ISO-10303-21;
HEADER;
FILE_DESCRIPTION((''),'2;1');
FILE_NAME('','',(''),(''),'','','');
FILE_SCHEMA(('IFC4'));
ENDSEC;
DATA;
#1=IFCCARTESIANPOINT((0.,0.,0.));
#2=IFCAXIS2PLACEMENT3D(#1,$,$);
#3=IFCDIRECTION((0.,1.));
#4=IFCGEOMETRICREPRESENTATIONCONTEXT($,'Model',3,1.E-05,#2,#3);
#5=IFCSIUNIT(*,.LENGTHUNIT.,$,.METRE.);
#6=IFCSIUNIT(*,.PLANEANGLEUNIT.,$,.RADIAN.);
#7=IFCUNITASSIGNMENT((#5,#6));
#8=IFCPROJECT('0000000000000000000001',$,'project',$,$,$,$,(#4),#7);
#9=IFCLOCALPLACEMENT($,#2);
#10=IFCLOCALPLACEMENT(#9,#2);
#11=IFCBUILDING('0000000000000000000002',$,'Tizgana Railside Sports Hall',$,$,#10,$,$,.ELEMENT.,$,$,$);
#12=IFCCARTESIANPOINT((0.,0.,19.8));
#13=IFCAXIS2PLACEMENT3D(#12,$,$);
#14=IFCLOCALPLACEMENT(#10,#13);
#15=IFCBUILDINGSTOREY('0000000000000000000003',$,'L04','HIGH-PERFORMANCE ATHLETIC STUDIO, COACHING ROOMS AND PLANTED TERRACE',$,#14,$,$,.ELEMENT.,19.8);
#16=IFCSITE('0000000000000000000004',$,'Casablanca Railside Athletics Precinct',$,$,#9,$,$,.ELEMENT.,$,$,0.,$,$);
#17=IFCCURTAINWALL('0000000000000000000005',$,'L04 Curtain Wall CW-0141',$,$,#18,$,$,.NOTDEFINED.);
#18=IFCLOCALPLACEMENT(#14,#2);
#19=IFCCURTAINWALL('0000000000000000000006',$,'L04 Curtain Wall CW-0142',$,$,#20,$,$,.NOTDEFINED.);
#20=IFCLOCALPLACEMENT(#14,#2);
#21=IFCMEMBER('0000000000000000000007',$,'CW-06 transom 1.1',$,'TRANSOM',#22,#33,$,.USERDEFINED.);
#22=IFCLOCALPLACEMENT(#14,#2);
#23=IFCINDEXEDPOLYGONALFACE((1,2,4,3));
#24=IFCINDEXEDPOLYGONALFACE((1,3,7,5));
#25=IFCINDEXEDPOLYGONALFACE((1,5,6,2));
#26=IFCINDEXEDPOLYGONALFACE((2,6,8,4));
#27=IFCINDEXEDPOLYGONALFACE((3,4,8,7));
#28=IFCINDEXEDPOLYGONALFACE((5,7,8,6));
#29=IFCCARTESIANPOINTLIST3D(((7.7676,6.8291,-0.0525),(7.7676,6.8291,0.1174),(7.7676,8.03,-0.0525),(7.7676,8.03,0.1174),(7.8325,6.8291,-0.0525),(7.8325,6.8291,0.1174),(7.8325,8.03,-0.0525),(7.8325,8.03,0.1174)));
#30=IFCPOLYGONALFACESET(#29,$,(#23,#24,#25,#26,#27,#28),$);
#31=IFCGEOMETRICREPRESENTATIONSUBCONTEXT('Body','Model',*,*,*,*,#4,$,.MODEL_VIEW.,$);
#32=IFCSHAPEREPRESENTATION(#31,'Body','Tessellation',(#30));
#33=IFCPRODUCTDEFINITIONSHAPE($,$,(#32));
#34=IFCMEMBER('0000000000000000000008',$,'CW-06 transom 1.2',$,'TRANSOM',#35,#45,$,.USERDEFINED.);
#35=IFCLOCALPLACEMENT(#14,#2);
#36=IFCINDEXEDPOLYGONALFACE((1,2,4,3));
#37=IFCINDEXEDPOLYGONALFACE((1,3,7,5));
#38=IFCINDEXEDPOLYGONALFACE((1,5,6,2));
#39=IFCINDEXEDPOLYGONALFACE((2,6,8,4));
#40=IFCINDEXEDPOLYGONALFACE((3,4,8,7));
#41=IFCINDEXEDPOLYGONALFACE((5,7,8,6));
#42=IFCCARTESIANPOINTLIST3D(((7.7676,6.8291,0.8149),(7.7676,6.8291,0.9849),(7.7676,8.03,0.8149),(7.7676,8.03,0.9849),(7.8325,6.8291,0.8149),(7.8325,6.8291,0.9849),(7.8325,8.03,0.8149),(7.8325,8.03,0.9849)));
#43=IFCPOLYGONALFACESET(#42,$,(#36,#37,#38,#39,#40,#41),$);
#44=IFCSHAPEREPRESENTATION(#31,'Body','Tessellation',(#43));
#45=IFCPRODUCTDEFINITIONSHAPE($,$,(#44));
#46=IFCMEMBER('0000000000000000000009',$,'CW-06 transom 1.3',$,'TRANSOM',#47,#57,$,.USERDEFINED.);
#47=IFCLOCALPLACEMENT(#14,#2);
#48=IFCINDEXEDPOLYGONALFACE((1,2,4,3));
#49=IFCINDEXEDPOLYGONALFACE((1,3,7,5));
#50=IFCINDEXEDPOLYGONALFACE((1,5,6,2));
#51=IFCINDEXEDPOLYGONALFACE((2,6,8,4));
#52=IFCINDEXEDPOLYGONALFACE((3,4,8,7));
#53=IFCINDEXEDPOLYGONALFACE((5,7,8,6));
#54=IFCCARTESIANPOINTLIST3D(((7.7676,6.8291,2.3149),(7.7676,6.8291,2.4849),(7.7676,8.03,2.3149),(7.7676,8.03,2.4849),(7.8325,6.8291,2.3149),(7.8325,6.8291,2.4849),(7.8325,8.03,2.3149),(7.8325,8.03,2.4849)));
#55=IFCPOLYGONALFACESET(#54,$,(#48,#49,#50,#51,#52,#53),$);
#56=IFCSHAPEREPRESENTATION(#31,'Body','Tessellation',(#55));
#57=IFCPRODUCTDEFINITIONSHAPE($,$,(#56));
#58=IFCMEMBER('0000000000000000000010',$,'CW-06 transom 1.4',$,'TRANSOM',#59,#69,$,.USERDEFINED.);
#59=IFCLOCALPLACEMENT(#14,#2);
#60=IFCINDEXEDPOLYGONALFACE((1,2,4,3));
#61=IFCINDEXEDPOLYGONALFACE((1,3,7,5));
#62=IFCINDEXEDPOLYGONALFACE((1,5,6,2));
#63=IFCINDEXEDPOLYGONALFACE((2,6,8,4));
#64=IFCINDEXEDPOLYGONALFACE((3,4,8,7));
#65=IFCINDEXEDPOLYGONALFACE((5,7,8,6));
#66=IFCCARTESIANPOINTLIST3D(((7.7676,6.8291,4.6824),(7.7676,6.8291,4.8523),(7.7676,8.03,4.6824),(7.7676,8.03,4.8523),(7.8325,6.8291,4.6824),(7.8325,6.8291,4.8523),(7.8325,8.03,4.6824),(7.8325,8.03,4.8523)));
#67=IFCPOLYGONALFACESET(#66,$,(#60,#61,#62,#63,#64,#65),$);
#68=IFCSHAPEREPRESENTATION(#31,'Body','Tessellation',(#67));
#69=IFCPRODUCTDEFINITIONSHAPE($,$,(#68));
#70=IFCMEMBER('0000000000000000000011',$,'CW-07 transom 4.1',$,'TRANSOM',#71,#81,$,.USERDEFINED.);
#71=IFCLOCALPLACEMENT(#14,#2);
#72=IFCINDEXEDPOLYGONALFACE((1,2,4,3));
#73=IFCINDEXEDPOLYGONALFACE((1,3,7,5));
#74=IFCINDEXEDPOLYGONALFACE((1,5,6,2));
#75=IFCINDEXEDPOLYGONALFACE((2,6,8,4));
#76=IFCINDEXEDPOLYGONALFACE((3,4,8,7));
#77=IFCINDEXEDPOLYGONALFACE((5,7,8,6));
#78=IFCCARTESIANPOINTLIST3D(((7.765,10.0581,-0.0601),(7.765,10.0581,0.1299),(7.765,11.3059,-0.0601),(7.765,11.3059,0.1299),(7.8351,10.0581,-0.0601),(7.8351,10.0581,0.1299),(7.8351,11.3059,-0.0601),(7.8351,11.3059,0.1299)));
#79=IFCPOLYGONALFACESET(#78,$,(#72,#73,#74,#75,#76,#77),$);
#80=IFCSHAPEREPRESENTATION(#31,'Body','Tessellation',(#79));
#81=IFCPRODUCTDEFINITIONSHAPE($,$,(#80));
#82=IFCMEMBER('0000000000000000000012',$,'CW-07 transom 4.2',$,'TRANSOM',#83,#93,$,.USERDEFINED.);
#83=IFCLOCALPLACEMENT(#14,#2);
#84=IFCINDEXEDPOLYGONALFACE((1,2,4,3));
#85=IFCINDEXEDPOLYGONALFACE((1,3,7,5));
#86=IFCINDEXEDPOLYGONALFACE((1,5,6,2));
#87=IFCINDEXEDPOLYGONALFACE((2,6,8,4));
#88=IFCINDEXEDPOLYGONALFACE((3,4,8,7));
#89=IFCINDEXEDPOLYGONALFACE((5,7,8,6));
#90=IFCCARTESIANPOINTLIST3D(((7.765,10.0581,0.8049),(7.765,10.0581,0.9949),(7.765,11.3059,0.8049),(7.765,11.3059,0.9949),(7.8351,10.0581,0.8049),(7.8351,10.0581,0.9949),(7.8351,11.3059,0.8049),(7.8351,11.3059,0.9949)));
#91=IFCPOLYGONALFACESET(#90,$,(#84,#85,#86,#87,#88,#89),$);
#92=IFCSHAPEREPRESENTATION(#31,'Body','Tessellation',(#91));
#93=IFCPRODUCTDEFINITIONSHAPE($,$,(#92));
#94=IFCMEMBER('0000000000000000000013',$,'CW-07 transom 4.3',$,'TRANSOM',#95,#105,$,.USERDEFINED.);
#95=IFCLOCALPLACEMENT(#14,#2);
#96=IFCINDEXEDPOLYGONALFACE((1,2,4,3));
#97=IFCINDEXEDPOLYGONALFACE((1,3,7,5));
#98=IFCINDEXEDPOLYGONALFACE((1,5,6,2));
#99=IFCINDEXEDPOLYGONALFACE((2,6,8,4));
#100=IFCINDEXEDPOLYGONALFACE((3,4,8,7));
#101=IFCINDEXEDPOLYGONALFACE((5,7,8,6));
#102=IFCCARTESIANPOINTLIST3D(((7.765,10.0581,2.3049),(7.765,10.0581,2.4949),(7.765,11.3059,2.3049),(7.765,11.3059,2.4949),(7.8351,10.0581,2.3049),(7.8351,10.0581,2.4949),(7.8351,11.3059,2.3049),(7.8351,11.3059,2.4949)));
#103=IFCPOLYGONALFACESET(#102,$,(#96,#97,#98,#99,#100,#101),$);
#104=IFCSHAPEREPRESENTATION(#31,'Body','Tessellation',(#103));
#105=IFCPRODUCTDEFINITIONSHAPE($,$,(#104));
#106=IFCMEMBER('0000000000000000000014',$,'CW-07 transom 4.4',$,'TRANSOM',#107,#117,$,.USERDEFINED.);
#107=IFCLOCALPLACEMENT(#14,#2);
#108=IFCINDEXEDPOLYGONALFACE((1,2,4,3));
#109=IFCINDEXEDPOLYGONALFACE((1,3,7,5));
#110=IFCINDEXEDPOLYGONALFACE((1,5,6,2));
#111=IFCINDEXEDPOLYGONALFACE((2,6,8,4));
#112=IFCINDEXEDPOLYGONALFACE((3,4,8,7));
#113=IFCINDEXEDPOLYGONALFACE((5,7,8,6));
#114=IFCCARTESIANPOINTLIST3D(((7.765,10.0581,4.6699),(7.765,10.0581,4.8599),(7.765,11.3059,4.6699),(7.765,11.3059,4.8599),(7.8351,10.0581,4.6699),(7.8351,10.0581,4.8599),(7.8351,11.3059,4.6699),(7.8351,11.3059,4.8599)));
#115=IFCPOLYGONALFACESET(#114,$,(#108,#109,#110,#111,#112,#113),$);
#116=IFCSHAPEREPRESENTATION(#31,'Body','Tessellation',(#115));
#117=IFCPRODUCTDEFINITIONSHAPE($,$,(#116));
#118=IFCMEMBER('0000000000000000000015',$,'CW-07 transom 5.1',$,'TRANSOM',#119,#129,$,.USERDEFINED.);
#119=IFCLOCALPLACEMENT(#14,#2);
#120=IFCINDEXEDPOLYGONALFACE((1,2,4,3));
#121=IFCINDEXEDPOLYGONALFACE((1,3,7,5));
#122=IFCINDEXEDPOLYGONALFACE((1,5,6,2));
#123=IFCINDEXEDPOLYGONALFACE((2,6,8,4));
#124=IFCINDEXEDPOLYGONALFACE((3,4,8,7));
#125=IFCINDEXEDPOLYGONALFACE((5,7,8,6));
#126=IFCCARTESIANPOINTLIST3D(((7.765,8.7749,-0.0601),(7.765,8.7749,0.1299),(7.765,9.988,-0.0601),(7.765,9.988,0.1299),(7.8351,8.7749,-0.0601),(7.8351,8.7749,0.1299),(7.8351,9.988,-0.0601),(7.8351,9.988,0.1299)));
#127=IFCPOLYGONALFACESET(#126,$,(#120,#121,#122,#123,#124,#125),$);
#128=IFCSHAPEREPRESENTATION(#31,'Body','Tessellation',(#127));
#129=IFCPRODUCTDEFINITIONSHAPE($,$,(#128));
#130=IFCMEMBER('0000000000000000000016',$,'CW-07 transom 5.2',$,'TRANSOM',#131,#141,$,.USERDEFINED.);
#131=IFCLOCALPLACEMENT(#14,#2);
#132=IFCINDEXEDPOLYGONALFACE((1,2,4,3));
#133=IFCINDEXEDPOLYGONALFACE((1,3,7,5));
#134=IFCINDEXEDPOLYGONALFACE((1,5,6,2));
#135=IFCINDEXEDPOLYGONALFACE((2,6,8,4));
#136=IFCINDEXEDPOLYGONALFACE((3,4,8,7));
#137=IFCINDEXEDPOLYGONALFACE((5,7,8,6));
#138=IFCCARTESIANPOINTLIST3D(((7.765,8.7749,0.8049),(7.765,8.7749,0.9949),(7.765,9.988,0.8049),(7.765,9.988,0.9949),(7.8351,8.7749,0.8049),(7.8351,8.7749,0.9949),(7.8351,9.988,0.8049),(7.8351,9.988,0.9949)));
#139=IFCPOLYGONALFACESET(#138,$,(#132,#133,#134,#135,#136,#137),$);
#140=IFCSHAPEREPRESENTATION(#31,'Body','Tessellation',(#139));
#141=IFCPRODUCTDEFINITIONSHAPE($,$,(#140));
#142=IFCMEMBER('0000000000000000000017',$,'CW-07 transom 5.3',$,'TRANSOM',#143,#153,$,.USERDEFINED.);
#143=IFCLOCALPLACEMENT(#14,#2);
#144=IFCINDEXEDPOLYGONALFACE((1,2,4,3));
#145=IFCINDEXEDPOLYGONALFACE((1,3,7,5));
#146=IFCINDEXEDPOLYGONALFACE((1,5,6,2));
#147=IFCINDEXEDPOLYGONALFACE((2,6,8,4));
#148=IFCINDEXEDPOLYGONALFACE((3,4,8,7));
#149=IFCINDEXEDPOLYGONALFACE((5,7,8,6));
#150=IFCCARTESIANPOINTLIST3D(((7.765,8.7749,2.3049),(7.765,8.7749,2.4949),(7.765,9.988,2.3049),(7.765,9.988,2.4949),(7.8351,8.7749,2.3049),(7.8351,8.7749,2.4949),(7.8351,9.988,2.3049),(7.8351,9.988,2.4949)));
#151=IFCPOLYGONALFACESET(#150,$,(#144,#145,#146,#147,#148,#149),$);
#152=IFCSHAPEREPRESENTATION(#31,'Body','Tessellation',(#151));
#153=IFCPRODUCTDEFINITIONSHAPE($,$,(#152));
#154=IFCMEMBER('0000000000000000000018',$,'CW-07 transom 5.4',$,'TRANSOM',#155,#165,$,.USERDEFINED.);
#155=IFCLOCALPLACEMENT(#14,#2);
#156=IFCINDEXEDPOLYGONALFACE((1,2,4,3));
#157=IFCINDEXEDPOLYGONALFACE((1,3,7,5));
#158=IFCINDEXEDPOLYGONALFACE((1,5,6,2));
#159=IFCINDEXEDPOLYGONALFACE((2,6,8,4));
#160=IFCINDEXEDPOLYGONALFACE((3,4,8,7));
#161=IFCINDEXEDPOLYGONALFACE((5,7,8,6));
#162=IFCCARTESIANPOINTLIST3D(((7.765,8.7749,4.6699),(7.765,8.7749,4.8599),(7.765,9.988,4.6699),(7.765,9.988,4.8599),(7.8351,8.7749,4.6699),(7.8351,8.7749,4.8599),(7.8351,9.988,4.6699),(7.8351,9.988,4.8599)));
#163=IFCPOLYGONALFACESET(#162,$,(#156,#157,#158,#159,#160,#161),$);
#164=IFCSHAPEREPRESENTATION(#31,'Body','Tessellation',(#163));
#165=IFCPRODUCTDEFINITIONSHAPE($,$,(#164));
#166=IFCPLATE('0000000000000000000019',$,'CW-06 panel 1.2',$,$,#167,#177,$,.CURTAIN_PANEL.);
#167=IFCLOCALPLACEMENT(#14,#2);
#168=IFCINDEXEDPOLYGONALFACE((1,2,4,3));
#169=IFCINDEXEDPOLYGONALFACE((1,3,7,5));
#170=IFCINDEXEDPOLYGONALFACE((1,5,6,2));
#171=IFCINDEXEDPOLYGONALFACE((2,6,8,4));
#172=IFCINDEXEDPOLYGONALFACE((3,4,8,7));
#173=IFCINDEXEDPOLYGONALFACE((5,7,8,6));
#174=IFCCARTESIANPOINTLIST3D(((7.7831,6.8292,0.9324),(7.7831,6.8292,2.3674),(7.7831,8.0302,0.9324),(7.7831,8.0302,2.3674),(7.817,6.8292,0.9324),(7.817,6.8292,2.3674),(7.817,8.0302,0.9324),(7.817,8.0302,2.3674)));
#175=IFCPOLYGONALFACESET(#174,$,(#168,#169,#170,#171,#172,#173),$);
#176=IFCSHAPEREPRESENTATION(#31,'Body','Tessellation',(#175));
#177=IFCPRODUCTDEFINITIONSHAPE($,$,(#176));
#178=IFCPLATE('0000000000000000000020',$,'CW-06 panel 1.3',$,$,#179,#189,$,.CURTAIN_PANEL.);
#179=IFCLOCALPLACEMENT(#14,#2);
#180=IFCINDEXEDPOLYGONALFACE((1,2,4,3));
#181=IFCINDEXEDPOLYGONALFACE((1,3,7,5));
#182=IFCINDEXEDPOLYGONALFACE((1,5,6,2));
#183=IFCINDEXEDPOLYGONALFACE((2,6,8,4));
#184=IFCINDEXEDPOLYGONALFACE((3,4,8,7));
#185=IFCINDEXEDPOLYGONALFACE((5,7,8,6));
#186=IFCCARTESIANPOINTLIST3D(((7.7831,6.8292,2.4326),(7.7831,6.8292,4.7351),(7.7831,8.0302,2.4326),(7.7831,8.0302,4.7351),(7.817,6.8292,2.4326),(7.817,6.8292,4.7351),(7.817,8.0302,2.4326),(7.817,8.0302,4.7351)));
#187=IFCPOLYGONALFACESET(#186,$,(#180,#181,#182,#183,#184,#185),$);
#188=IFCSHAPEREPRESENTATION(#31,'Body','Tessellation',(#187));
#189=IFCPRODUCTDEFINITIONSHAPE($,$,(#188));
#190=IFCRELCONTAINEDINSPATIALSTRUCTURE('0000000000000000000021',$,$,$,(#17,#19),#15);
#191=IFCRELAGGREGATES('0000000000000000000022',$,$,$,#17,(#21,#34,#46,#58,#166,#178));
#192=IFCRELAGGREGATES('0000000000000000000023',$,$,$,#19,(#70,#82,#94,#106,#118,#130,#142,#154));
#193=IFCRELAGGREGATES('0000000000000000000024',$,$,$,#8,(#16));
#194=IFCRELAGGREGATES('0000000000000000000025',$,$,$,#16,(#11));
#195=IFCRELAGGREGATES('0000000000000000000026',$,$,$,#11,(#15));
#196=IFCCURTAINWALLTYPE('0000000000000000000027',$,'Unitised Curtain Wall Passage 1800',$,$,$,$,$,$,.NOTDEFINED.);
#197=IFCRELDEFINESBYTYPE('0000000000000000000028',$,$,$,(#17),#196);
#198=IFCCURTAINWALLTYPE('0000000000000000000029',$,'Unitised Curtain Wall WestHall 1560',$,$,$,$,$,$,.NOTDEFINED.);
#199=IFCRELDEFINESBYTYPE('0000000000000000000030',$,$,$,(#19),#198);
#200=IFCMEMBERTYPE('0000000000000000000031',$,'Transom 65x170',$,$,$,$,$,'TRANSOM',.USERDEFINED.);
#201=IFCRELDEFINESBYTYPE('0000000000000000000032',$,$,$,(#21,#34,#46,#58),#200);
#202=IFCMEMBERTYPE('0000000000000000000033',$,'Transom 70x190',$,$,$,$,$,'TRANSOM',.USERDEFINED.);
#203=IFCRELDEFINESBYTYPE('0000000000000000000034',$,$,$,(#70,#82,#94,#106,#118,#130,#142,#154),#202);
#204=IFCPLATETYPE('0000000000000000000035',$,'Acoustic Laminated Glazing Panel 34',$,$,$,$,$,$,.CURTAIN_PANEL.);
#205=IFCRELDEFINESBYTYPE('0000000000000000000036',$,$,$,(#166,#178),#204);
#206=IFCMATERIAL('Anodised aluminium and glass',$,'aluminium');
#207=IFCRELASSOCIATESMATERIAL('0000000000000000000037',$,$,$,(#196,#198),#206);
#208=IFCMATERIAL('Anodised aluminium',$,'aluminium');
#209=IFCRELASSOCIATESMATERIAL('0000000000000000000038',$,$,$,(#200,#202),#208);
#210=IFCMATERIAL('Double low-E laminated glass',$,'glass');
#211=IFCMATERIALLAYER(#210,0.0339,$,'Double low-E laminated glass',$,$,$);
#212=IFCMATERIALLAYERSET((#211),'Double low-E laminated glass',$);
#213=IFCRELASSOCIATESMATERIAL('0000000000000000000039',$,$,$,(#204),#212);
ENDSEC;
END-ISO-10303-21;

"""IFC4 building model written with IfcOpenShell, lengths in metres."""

from ifc_helpers import new_model, si_unit, direction, frame, origin, origin_2d, place, context, subcontext, project, spatial, rectangle, extrude, material, layer, layer_set, material_profile, profile_set, type_object, element, aggregate, save


model = new_model("IFC4")

# Units and contexts
model_context = context("Model", 3, precision=1e-05, world=origin(), true_north=direction((0.0, 1.0)))
body_context = subcontext(model_context, "Body", "Model", "MODEL_VIEW")
ifc_project = project(units=[si_unit("LENGTHUNIT", "METRE"), si_unit("PLANEANGLEUNIT", "RADIAN")], contexts=[model_context])

# Site, building, storey
site_placement = place(None, origin())
site = spatial("IfcSite", under=ifc_project, at=site_placement, Name="Casablanca Railside Athletics Precinct", CompositionType="ELEMENT", RefElevation=0.0)
building_placement = place(site_placement, origin())
building = spatial("IfcBuilding", under=site, at=building_placement, Name="Tizgana Railside Sports Hall", CompositionType="ELEMENT")
storey_placement = place(building_placement, frame((0.0, 0.0, 19.8)))
storey = spatial("IfcBuildingStorey", under=building, at=storey_placement, Name="L04", Description="HIGH-PERFORMANCE ATHLETIC STUDIO, COACHING ROOMS AND PLANTED TERRACE", CompositionType="ELEMENT", Elevation=19.8)

# Curtain wall
ifc_material_1 = material(Name="Anodised aluminium and glass", Category="aluminium")
curtain_wall_type_1 = type_object("IfcCurtainWallType", Name="Unitised Curtain Wall Passage 1800", PredefinedType="NOTDEFINED", material=ifc_material_1)
curtain_wall_1_placement = place(storey_placement, origin())
curtain_wall_1 = element("IfcCurtainWall", 1, at=curtain_wall_1_placement, inside=storey, type_object=curtain_wall_type_1, Name="L04 Curtain Wall CW-0141", PredefinedType="NOTDEFINED")
ifc_material_2 = material(Name="Anodised aluminium", Category="aluminium")

# Curtain wall
curtain_wall_type_2 = type_object("IfcCurtainWallType", Name="Unitised Curtain Wall WestHall 1560", PredefinedType="NOTDEFINED", material=ifc_material_1)
curtain_wall_2_placement = place(storey_placement, origin())
curtain_wall_2 = element("IfcCurtainWall", 2, at=curtain_wall_2_placement, inside=storey, type_object=curtain_wall_type_2, Name="L04 Curtain Wall CW-0142", PredefinedType="NOTDEFINED")

# Members
ifc_material_profile_1 = material_profile(ifc_material_2, rectangle(XDim=0.0649, YDim=0.1699, at=origin_2d()), Name="Transom 65x170")
ifc_profile_set_1 = profile_set([ifc_material_profile_1], Name="Anodised aluminium")
member_type_1 = type_object("IfcMemberType", Name="Transom 65x170", ElementType="TRANSOM", PredefinedType="USERDEFINED", material=ifc_profile_set_1)
member_1_placement = place(storey_placement, frame((7.8, 8.03, 0.0325), z_axis=(0.0, -1.0, 0.0), x_axis=(1.0, 0.0, 0.0)))
member_1 = element("IfcMember", 3, at=member_1_placement, type_object=member_type_1, Name="CW-06 transom 1.1", ObjectType="TRANSOM", PredefinedType="USERDEFINED", context=body_context, shape_type="SweptSolid", body=[
    extrude(rectangle(XDim=0.0649, YDim=0.1699, at=origin_2d()), origin(), (0.0, 0.0, 1.0), 1.2009),
])
member_2_placement = place(storey_placement, frame((7.8, 8.03, 0.8999), z_axis=(0.0, -1.0, 0.0), x_axis=(1.0, 0.0, 0.0)))
member_2 = element("IfcMember", 4, at=member_2_placement, type_object=member_type_1, Name="CW-06 transom 1.2", ObjectType="TRANSOM", PredefinedType="USERDEFINED", context=body_context, shape_type="SweptSolid", body=[
    extrude(rectangle(XDim=0.0649, YDim=0.1699, at=origin_2d()), origin(), (0.0, 0.0, 1.0), 1.2009),
])
member_3_placement = place(storey_placement, frame((7.8, 8.03, 2.3999), z_axis=(0.0, -1.0, 0.0), x_axis=(1.0, 0.0, 0.0)))
member_3 = element("IfcMember", 5, at=member_3_placement, type_object=member_type_1, Name="CW-06 transom 1.3", ObjectType="TRANSOM", PredefinedType="USERDEFINED", context=body_context, shape_type="SweptSolid", body=[
    extrude(rectangle(XDim=0.0649, YDim=0.1699, at=origin_2d()), origin(), (0.0, 0.0, 1.0), 1.2009),
])
member_4_placement = place(storey_placement, frame((7.8, 8.03, 4.7673), z_axis=(0.0, -1.0, 0.0), x_axis=(1.0, 0.0, 0.0)))
member_4 = element("IfcMember", 6, at=member_4_placement, type_object=member_type_1, Name="CW-06 transom 1.4", ObjectType="TRANSOM", PredefinedType="USERDEFINED", context=body_context, shape_type="SweptSolid", body=[
    extrude(rectangle(XDim=0.0649, YDim=0.1699, at=origin_2d()), origin(), (0.0, 0.0, 1.0), 1.2009),
])
ifc_material_profile_2 = material_profile(ifc_material_2, rectangle(XDim=0.0701, YDim=0.1899, at=origin_2d()), Name="Transom 70x190")
ifc_profile_set_2 = profile_set([ifc_material_profile_2], Name="Anodised aluminium")
member_type_2 = type_object("IfcMemberType", Name="Transom 70x190", ElementType="TRANSOM", PredefinedType="USERDEFINED", material=ifc_profile_set_2)
member_5_placement = place(storey_placement, frame((7.8, 11.3059, 0.0349), z_axis=(0.0, -1.0, 0.0), x_axis=(1.0, 0.0, 0.0)))
member_5 = element("IfcMember", 7, at=member_5_placement, type_object=member_type_2, Name="CW-07 transom 4.1", ObjectType="TRANSOM", PredefinedType="USERDEFINED", context=body_context, shape_type="SweptSolid", body=[
    extrude(rectangle(XDim=0.0701, YDim=0.1899, at=origin_2d()), origin(), (0.0, 0.0, 1.0), 1.2478),
])
member_6_placement = place(storey_placement, frame((7.8, 11.3059, 0.8999), z_axis=(0.0, -1.0, 0.0), x_axis=(1.0, 0.0, 0.0)))
member_6 = element("IfcMember", 8, at=member_6_placement, type_object=member_type_2, Name="CW-07 transom 4.2", ObjectType="TRANSOM", PredefinedType="USERDEFINED", context=body_context, shape_type="SweptSolid", body=[
    extrude(rectangle(XDim=0.0701, YDim=0.1899, at=origin_2d()), origin(), (0.0, 0.0, 1.0), 1.2478),
])
member_7_placement = place(storey_placement, frame((7.8, 11.3059, 2.3999), z_axis=(0.0, -1.0, 0.0), x_axis=(1.0, 0.0, 0.0)))
member_7 = element("IfcMember", 9, at=member_7_placement, type_object=member_type_2, Name="CW-07 transom 4.3", ObjectType="TRANSOM", PredefinedType="USERDEFINED", context=body_context, shape_type="SweptSolid", body=[
    extrude(rectangle(XDim=0.0701, YDim=0.1899, at=origin_2d()), origin(), (0.0, 0.0, 1.0), 1.2478),
])
member_8_placement = place(storey_placement, frame((7.8, 11.3059, 4.7649), z_axis=(0.0, -1.0, 0.0), x_axis=(1.0, 0.0, 0.0)))
member_8 = element("IfcMember", 10, at=member_8_placement, type_object=member_type_2, Name="CW-07 transom 4.4", ObjectType="TRANSOM", PredefinedType="USERDEFINED", context=body_context, shape_type="SweptSolid", body=[
    extrude(rectangle(XDim=0.0701, YDim=0.1899, at=origin_2d()), origin(), (0.0, 0.0, 1.0), 1.2478),
])
member_9_placement = place(storey_placement, frame((7.8, 9.988, 0.0349), z_axis=(0.0, -1.0, 0.0), x_axis=(1.0, 0.0, 0.0)))
member_9 = element("IfcMember", 11, at=member_9_placement, type_object=member_type_2, Name="CW-07 transom 5.1", ObjectType="TRANSOM", PredefinedType="USERDEFINED", context=body_context, shape_type="SweptSolid", body=[
    extrude(rectangle(XDim=0.0701, YDim=0.1899, at=origin_2d()), origin(), (0.0, 0.0, 1.0), 1.2131),
])
member_10_placement = place(storey_placement, frame((7.8, 9.988, 0.8999), z_axis=(0.0, -1.0, 0.0), x_axis=(1.0, 0.0, 0.0)))
member_10 = element("IfcMember", 12, at=member_10_placement, type_object=member_type_2, Name="CW-07 transom 5.2", ObjectType="TRANSOM", PredefinedType="USERDEFINED", context=body_context, shape_type="SweptSolid", body=[
    extrude(rectangle(XDim=0.0701, YDim=0.1899, at=origin_2d()), origin(), (0.0, 0.0, 1.0), 1.2131),
])
member_11_placement = place(storey_placement, frame((7.8, 9.988, 2.3999), z_axis=(0.0, -1.0, 0.0), x_axis=(1.0, 0.0, 0.0)))
member_11 = element("IfcMember", 13, at=member_11_placement, type_object=member_type_2, Name="CW-07 transom 5.3", ObjectType="TRANSOM", PredefinedType="USERDEFINED", context=body_context, shape_type="SweptSolid", body=[
    extrude(rectangle(XDim=0.0701, YDim=0.1899, at=origin_2d()), origin(), (0.0, 0.0, 1.0), 1.2131),
])
member_12_placement = place(storey_placement, frame((7.8, 9.988, 4.7649), z_axis=(0.0, -1.0, 0.0), x_axis=(1.0, 0.0, 0.0)))
member_12 = element("IfcMember", 14, at=member_12_placement, type_object=member_type_2, Name="CW-07 transom 5.4", ObjectType="TRANSOM", PredefinedType="USERDEFINED", context=body_context, shape_type="SweptSolid", body=[
    extrude(rectangle(XDim=0.0701, YDim=0.1899, at=origin_2d()), origin(), (0.0, 0.0, 1.0), 1.2131),
])

# Plates
ifc_material_3 = material(Name="Double low-E laminated glass", Category="glass")
ifc_layer_1 = layer(ifc_material_3, 0.0339, Name="Double low-E laminated glass")
ifc_layer_set_1 = layer_set([ifc_layer_1], Name="Double low-E laminated glass")
plate_type_1 = type_object("IfcPlateType", Name="Acoustic Laminated Glazing Panel 34", PredefinedType="CURTAIN_PANEL", material=ifc_layer_set_1)
plate_1_placement = place(storey_placement, frame((7.8, 7.4297, 0.9324), z_axis=(0.0, 0.0, 1.0), x_axis=(0.0, -1.0, 0.0)))
plate_1 = element("IfcPlate", 15, at=plate_1_placement, type_object=plate_type_1, Name="CW-06 panel 1.2", PredefinedType="CURTAIN_PANEL", context=body_context, shape_type="SweptSolid", body=[
    extrude(rectangle(XDim=1.2009, YDim=0.0339, at=origin_2d()), origin(), (0.0, 0.0, 1.0), 1.4351),
])
plate_2_placement = place(storey_placement, frame((7.8, 7.4297, 2.4326), z_axis=(0.0, 0.0, 1.0), x_axis=(0.0, -1.0, 0.0)))
plate_2 = element("IfcPlate", 16, at=plate_2_placement, type_object=plate_type_1, Name="CW-06 panel 1.3", PredefinedType="CURTAIN_PANEL", context=body_context, shape_type="SweptSolid", body=[
    extrude(rectangle(XDim=1.2009, YDim=0.0339, at=origin_2d()), origin(), (0.0, 0.0, 1.0), 2.3025),
])
aggregate(curtain_wall_1, [member_1, member_2, member_3, member_4, plate_1, plate_2])
aggregate(curtain_wall_2, [member_5, member_6, member_7, member_8, member_9, member_10, member_11, member_12])

save(model, "model.ifc")
